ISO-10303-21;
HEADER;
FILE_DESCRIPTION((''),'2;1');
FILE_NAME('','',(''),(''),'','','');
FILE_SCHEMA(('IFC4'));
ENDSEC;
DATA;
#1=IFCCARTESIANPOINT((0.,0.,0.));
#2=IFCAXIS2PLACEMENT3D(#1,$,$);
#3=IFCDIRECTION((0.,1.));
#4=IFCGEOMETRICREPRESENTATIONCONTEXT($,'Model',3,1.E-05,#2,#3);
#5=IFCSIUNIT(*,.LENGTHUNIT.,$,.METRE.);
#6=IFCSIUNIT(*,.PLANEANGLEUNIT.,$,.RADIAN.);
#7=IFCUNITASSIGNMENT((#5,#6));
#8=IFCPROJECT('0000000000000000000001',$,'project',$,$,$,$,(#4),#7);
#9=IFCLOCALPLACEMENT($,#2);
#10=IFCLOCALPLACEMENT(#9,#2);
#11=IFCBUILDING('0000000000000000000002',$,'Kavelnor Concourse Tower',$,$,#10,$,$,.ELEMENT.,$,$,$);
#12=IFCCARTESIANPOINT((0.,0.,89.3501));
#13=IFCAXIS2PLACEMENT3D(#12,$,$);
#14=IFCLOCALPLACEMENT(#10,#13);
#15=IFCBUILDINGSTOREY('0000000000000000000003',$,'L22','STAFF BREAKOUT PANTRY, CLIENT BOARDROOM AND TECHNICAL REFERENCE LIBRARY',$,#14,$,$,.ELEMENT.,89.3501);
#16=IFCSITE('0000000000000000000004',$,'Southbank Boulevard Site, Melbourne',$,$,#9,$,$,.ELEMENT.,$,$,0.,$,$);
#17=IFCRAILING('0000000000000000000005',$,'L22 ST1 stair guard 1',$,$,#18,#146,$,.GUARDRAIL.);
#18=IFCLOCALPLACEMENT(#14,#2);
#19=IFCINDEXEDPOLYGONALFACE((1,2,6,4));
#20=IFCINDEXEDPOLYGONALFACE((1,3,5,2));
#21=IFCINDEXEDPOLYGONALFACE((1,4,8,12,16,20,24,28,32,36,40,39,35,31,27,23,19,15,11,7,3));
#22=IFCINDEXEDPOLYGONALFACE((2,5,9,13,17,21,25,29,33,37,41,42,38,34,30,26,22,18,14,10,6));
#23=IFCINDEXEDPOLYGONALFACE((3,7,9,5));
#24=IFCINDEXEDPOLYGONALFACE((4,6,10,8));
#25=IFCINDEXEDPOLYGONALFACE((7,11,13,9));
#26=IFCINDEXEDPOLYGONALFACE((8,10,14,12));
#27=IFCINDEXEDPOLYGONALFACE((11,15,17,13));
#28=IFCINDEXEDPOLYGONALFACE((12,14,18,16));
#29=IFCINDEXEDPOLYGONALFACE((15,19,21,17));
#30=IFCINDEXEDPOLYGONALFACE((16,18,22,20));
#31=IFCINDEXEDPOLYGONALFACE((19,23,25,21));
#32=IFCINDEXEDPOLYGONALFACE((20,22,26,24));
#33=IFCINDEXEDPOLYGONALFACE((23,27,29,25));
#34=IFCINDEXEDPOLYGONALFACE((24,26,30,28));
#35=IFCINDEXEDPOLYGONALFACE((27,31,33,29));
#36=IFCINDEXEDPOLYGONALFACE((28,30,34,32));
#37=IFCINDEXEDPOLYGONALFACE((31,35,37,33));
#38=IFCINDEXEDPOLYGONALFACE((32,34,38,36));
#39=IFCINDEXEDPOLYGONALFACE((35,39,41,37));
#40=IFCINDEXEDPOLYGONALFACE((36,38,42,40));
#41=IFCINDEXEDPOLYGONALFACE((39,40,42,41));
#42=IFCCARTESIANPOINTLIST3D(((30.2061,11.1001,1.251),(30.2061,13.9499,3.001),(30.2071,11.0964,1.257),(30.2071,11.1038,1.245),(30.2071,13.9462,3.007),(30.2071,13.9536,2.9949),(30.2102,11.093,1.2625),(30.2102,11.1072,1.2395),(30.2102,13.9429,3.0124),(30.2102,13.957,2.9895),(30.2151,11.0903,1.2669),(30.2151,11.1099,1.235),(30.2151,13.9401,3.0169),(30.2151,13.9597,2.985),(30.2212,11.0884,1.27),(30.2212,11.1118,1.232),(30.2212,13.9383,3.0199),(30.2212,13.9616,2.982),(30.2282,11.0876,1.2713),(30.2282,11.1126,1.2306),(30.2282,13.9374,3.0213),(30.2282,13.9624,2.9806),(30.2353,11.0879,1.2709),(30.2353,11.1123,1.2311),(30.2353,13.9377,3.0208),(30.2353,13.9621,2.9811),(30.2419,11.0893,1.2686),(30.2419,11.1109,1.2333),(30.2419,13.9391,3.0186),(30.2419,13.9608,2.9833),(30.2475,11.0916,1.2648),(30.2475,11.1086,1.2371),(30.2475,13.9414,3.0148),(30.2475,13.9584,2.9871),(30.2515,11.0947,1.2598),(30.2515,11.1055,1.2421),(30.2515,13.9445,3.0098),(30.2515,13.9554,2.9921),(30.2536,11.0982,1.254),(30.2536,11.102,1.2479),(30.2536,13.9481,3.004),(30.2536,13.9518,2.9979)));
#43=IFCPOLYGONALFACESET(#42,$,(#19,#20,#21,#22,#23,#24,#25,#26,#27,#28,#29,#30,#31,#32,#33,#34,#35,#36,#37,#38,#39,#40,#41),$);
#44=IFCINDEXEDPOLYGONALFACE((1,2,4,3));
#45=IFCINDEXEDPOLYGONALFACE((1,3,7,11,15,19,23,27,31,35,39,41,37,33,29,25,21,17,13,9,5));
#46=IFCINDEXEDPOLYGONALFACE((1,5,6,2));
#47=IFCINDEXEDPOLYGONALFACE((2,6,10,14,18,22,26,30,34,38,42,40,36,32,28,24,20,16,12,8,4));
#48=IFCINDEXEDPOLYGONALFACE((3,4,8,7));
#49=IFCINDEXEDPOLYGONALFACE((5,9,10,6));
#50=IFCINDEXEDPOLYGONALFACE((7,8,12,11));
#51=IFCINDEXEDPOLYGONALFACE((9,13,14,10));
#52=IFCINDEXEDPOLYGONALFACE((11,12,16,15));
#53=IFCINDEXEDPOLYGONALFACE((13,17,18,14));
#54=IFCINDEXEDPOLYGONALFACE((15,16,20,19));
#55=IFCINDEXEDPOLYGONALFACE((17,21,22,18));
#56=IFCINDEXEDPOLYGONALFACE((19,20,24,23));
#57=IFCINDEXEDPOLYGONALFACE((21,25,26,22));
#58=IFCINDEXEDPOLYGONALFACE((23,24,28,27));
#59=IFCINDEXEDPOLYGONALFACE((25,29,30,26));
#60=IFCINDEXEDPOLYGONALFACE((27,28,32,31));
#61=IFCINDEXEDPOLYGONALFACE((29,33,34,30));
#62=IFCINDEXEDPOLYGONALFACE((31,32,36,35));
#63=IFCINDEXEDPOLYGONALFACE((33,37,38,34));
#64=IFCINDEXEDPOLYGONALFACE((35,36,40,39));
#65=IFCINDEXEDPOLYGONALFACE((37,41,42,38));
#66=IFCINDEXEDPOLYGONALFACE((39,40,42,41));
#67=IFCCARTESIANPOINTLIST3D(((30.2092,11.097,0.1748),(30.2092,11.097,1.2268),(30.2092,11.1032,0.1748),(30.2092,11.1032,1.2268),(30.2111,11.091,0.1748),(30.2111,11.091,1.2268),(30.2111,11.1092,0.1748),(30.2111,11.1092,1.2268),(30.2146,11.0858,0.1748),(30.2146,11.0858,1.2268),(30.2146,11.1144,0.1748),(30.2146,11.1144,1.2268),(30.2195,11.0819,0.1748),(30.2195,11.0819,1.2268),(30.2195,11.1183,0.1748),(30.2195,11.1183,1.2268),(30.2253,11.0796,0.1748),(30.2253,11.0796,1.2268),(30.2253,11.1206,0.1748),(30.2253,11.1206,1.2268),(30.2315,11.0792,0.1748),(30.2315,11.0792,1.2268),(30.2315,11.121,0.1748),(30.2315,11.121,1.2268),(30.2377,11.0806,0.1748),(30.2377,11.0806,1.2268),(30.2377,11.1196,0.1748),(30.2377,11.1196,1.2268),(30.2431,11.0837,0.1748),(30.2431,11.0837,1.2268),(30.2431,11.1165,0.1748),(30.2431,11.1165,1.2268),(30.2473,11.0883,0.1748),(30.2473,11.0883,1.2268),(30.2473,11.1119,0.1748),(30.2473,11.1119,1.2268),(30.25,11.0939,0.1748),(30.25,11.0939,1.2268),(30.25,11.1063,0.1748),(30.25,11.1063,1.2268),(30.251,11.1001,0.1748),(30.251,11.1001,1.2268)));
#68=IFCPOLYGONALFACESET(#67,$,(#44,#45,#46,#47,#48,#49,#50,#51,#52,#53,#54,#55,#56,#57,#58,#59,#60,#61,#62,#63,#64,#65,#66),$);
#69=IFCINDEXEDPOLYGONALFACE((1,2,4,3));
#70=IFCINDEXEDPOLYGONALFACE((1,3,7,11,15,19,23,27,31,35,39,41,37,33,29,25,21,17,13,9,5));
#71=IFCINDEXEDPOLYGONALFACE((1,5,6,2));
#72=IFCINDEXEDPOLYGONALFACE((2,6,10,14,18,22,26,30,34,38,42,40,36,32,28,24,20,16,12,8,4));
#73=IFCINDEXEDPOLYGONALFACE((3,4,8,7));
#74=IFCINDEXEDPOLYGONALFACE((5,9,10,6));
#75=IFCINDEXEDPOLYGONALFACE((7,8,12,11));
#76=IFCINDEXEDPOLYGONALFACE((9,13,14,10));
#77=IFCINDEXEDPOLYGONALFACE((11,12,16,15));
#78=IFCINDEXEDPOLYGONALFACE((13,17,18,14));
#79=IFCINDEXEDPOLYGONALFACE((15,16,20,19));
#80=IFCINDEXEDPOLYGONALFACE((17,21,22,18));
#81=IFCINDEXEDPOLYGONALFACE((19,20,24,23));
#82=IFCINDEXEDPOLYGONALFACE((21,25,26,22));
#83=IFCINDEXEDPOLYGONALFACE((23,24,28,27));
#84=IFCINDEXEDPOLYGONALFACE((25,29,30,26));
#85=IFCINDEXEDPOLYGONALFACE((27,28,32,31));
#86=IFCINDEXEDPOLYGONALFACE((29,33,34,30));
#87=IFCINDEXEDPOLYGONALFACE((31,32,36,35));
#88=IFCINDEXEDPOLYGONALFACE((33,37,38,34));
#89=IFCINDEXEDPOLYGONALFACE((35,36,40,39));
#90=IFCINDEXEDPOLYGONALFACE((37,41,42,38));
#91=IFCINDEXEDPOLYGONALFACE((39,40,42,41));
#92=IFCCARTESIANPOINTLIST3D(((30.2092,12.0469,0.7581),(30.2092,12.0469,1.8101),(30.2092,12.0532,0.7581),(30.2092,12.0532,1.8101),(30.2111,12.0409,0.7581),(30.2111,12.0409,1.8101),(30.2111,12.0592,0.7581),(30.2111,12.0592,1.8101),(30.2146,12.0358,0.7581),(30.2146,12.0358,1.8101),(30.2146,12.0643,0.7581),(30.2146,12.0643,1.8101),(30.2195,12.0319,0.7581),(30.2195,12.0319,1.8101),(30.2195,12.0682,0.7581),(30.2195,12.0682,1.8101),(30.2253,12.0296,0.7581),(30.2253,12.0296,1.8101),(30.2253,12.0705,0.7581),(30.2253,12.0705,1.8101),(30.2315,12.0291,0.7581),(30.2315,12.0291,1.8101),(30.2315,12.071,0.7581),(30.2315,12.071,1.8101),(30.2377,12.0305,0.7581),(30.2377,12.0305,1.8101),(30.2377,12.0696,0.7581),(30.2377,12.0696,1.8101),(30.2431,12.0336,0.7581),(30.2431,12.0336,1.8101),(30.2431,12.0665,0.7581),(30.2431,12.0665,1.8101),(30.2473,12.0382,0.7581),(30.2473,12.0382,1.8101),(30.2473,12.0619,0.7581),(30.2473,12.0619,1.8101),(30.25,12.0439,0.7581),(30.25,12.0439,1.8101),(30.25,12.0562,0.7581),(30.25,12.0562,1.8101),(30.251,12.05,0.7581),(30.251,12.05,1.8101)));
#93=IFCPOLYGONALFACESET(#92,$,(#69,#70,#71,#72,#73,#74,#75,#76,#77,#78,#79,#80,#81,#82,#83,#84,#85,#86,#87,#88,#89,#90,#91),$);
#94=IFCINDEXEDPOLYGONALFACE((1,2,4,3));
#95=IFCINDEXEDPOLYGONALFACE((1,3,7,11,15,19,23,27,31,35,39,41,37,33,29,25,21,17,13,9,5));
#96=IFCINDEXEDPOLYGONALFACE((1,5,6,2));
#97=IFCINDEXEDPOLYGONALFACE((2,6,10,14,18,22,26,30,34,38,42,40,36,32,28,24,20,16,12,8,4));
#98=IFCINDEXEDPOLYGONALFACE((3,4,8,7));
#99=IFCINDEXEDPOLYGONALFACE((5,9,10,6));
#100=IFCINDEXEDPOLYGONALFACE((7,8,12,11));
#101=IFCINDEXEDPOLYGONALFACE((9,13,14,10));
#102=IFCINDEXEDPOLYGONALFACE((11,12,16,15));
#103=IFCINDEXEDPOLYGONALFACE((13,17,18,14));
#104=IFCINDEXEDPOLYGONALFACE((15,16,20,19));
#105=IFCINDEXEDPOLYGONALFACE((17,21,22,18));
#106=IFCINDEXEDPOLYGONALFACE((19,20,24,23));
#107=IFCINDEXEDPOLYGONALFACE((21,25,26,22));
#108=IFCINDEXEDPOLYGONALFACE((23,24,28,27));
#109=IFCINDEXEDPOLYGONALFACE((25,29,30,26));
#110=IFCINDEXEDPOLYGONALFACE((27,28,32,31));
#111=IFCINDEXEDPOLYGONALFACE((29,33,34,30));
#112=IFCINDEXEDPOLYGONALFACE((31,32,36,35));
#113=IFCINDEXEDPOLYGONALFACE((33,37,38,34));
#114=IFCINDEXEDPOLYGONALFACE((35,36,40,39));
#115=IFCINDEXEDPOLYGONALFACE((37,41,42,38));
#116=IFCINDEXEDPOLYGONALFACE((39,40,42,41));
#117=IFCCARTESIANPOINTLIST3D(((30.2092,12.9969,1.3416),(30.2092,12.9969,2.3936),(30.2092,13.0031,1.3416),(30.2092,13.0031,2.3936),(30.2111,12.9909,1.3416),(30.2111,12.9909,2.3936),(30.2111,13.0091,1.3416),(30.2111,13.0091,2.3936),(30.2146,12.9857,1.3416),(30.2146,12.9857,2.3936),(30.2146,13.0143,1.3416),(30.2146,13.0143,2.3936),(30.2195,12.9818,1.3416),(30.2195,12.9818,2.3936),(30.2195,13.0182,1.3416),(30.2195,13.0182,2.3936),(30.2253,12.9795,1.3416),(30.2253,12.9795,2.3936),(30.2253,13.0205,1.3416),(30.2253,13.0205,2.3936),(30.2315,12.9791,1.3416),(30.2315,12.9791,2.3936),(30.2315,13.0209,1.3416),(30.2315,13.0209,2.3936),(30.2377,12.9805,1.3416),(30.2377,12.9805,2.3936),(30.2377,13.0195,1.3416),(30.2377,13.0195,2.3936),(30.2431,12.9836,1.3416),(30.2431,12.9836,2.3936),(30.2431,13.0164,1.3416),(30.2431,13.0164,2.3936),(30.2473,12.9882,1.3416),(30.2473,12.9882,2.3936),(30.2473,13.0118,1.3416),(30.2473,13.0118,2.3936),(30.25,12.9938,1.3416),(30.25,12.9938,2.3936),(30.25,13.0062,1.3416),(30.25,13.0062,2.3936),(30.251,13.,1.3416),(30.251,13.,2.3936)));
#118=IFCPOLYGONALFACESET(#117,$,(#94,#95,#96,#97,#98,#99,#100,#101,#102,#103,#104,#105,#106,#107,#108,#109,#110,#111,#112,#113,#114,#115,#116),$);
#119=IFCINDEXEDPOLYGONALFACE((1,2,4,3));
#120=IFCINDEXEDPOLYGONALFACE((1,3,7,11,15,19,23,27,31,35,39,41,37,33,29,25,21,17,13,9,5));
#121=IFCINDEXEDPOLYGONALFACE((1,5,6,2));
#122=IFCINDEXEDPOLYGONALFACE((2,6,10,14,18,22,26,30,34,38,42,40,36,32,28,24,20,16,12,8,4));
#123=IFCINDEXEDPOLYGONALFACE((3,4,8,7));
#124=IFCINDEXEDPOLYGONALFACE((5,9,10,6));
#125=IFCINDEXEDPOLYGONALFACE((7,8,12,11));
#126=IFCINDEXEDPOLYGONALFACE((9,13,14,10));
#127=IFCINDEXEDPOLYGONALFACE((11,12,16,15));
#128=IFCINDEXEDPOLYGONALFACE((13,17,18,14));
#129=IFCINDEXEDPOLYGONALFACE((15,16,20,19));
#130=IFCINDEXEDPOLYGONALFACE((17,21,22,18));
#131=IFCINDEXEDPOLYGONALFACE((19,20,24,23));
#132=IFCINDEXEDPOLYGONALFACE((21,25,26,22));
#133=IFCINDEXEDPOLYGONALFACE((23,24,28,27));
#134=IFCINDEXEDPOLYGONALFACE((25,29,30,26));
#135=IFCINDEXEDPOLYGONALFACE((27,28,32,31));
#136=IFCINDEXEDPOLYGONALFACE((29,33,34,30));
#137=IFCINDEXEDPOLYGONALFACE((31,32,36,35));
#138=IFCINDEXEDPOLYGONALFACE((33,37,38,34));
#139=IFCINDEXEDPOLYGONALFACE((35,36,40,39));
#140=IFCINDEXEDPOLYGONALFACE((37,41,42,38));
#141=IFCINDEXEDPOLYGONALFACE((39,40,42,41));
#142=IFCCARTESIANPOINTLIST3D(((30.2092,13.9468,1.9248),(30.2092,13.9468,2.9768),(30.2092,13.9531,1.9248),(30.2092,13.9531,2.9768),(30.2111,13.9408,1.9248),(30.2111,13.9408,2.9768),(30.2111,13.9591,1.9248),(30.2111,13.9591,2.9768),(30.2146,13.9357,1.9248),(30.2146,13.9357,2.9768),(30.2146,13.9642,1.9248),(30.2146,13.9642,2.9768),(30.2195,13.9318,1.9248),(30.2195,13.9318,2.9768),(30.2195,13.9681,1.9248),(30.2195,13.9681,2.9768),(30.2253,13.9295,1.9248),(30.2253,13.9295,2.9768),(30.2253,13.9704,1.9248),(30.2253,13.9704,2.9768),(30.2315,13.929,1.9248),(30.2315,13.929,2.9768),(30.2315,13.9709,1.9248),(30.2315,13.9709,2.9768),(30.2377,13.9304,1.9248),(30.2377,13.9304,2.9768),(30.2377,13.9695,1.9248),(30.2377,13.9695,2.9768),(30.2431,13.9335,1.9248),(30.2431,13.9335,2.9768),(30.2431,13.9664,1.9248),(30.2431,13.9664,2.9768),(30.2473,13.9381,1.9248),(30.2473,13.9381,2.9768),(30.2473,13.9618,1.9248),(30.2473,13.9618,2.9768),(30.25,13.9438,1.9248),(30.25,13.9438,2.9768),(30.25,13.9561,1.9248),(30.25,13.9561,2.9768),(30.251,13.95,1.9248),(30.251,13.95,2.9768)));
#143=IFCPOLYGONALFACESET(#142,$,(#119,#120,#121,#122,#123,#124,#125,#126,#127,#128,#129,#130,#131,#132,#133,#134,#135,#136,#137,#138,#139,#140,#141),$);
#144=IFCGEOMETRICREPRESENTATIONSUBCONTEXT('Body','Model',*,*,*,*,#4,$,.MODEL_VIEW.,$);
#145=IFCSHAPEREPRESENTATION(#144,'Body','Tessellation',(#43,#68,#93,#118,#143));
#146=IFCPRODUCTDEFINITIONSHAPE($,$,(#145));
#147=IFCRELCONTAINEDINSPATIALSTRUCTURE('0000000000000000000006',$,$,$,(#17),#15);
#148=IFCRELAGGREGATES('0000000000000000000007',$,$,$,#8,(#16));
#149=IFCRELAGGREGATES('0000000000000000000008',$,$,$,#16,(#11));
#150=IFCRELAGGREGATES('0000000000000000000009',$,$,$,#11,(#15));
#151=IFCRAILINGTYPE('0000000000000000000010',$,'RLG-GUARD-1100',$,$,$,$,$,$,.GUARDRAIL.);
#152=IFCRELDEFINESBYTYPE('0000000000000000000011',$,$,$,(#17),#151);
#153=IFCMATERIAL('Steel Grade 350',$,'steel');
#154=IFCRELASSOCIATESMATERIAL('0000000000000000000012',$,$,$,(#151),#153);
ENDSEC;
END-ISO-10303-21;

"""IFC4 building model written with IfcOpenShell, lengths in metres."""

from ifc_helpers import new_model, si_unit, direction, frame, origin, origin_2d, place, context, subcontext, project, spatial, circle, extrude, material, type_object, element, save


model = new_model("IFC4")

# Units and contexts
model_context = context("Model", 3, precision=1e-05, world=origin(), true_north=direction((0.0, 1.0)))
body_context = subcontext(model_context, "Body", "Model", "MODEL_VIEW")
ifc_project = project(units=[si_unit("LENGTHUNIT", "METRE"), si_unit("PLANEANGLEUNIT", "RADIAN")], contexts=[model_context])

# Site, building, storey
site_placement = place(None, origin())
site = spatial("IfcSite", under=ifc_project, at=site_placement, Name="Southbank Boulevard Site, Melbourne", CompositionType="ELEMENT", RefElevation=0.0)
building_placement = place(site_placement, origin())
building = spatial("IfcBuilding", under=site, at=building_placement, Name="Kavelnor Concourse Tower", CompositionType="ELEMENT")
storey_placement = place(building_placement, frame((0.0, 0.0, 89.3501)))
storey = spatial("IfcBuildingStorey", under=building, at=storey_placement, Name="L22", Description="STAFF BREAKOUT PANTRY, CLIENT BOARDROOM AND TECHNICAL REFERENCE LIBRARY", CompositionType="ELEMENT", Elevation=89.3501)

# Shared definitions
ifc_material_1 = material(Name="Steel Grade 350", Category="steel")

# Railing
railing_type_1 = type_object("IfcRailingType", Name="RLG-GUARD-1100", PredefinedType="GUARDRAIL", material=ifc_material_1)
railing_1_placement = place(storey_placement, frame((30.23, 11.1001, 0.1748)))
element("IfcRailing", 1, at=railing_1_placement, inside=storey, type_object=railing_type_1, Name="L22 ST1 stair guard 1", PredefinedType="GUARDRAIL", context=body_context, shape_type="SweptSolid", body=[
    extrude(circle(Radius=0.0239, at=origin_2d()), frame((0.0, 0.0, 1.0762), z_axis=(0.0, 0.852159, 0.523283), x_axis=(-1.0, 0.0, 0.0)), (0.0, 0.0, 1.0), 3.3442),
    extrude(circle(Radius=0.021, at=origin_2d()), origin(), (0.0, 0.0, 1.0), 1.052),
    extrude(circle(Radius=0.021, at=origin_2d()), frame((0.0, 0.95, 0.5833)), (0.0, 0.0, 1.0), 1.052),
    extrude(circle(Radius=0.021, at=origin_2d()), frame((0.0, 1.8999, 1.1667)), (0.0, 0.0, 1.0), 1.052),
    extrude(circle(Radius=0.021, at=origin_2d()), frame((0.0, 2.8499, 1.75)), (0.0, 0.0, 1.0), 1.052),
])

save(model, "model.ifc")
